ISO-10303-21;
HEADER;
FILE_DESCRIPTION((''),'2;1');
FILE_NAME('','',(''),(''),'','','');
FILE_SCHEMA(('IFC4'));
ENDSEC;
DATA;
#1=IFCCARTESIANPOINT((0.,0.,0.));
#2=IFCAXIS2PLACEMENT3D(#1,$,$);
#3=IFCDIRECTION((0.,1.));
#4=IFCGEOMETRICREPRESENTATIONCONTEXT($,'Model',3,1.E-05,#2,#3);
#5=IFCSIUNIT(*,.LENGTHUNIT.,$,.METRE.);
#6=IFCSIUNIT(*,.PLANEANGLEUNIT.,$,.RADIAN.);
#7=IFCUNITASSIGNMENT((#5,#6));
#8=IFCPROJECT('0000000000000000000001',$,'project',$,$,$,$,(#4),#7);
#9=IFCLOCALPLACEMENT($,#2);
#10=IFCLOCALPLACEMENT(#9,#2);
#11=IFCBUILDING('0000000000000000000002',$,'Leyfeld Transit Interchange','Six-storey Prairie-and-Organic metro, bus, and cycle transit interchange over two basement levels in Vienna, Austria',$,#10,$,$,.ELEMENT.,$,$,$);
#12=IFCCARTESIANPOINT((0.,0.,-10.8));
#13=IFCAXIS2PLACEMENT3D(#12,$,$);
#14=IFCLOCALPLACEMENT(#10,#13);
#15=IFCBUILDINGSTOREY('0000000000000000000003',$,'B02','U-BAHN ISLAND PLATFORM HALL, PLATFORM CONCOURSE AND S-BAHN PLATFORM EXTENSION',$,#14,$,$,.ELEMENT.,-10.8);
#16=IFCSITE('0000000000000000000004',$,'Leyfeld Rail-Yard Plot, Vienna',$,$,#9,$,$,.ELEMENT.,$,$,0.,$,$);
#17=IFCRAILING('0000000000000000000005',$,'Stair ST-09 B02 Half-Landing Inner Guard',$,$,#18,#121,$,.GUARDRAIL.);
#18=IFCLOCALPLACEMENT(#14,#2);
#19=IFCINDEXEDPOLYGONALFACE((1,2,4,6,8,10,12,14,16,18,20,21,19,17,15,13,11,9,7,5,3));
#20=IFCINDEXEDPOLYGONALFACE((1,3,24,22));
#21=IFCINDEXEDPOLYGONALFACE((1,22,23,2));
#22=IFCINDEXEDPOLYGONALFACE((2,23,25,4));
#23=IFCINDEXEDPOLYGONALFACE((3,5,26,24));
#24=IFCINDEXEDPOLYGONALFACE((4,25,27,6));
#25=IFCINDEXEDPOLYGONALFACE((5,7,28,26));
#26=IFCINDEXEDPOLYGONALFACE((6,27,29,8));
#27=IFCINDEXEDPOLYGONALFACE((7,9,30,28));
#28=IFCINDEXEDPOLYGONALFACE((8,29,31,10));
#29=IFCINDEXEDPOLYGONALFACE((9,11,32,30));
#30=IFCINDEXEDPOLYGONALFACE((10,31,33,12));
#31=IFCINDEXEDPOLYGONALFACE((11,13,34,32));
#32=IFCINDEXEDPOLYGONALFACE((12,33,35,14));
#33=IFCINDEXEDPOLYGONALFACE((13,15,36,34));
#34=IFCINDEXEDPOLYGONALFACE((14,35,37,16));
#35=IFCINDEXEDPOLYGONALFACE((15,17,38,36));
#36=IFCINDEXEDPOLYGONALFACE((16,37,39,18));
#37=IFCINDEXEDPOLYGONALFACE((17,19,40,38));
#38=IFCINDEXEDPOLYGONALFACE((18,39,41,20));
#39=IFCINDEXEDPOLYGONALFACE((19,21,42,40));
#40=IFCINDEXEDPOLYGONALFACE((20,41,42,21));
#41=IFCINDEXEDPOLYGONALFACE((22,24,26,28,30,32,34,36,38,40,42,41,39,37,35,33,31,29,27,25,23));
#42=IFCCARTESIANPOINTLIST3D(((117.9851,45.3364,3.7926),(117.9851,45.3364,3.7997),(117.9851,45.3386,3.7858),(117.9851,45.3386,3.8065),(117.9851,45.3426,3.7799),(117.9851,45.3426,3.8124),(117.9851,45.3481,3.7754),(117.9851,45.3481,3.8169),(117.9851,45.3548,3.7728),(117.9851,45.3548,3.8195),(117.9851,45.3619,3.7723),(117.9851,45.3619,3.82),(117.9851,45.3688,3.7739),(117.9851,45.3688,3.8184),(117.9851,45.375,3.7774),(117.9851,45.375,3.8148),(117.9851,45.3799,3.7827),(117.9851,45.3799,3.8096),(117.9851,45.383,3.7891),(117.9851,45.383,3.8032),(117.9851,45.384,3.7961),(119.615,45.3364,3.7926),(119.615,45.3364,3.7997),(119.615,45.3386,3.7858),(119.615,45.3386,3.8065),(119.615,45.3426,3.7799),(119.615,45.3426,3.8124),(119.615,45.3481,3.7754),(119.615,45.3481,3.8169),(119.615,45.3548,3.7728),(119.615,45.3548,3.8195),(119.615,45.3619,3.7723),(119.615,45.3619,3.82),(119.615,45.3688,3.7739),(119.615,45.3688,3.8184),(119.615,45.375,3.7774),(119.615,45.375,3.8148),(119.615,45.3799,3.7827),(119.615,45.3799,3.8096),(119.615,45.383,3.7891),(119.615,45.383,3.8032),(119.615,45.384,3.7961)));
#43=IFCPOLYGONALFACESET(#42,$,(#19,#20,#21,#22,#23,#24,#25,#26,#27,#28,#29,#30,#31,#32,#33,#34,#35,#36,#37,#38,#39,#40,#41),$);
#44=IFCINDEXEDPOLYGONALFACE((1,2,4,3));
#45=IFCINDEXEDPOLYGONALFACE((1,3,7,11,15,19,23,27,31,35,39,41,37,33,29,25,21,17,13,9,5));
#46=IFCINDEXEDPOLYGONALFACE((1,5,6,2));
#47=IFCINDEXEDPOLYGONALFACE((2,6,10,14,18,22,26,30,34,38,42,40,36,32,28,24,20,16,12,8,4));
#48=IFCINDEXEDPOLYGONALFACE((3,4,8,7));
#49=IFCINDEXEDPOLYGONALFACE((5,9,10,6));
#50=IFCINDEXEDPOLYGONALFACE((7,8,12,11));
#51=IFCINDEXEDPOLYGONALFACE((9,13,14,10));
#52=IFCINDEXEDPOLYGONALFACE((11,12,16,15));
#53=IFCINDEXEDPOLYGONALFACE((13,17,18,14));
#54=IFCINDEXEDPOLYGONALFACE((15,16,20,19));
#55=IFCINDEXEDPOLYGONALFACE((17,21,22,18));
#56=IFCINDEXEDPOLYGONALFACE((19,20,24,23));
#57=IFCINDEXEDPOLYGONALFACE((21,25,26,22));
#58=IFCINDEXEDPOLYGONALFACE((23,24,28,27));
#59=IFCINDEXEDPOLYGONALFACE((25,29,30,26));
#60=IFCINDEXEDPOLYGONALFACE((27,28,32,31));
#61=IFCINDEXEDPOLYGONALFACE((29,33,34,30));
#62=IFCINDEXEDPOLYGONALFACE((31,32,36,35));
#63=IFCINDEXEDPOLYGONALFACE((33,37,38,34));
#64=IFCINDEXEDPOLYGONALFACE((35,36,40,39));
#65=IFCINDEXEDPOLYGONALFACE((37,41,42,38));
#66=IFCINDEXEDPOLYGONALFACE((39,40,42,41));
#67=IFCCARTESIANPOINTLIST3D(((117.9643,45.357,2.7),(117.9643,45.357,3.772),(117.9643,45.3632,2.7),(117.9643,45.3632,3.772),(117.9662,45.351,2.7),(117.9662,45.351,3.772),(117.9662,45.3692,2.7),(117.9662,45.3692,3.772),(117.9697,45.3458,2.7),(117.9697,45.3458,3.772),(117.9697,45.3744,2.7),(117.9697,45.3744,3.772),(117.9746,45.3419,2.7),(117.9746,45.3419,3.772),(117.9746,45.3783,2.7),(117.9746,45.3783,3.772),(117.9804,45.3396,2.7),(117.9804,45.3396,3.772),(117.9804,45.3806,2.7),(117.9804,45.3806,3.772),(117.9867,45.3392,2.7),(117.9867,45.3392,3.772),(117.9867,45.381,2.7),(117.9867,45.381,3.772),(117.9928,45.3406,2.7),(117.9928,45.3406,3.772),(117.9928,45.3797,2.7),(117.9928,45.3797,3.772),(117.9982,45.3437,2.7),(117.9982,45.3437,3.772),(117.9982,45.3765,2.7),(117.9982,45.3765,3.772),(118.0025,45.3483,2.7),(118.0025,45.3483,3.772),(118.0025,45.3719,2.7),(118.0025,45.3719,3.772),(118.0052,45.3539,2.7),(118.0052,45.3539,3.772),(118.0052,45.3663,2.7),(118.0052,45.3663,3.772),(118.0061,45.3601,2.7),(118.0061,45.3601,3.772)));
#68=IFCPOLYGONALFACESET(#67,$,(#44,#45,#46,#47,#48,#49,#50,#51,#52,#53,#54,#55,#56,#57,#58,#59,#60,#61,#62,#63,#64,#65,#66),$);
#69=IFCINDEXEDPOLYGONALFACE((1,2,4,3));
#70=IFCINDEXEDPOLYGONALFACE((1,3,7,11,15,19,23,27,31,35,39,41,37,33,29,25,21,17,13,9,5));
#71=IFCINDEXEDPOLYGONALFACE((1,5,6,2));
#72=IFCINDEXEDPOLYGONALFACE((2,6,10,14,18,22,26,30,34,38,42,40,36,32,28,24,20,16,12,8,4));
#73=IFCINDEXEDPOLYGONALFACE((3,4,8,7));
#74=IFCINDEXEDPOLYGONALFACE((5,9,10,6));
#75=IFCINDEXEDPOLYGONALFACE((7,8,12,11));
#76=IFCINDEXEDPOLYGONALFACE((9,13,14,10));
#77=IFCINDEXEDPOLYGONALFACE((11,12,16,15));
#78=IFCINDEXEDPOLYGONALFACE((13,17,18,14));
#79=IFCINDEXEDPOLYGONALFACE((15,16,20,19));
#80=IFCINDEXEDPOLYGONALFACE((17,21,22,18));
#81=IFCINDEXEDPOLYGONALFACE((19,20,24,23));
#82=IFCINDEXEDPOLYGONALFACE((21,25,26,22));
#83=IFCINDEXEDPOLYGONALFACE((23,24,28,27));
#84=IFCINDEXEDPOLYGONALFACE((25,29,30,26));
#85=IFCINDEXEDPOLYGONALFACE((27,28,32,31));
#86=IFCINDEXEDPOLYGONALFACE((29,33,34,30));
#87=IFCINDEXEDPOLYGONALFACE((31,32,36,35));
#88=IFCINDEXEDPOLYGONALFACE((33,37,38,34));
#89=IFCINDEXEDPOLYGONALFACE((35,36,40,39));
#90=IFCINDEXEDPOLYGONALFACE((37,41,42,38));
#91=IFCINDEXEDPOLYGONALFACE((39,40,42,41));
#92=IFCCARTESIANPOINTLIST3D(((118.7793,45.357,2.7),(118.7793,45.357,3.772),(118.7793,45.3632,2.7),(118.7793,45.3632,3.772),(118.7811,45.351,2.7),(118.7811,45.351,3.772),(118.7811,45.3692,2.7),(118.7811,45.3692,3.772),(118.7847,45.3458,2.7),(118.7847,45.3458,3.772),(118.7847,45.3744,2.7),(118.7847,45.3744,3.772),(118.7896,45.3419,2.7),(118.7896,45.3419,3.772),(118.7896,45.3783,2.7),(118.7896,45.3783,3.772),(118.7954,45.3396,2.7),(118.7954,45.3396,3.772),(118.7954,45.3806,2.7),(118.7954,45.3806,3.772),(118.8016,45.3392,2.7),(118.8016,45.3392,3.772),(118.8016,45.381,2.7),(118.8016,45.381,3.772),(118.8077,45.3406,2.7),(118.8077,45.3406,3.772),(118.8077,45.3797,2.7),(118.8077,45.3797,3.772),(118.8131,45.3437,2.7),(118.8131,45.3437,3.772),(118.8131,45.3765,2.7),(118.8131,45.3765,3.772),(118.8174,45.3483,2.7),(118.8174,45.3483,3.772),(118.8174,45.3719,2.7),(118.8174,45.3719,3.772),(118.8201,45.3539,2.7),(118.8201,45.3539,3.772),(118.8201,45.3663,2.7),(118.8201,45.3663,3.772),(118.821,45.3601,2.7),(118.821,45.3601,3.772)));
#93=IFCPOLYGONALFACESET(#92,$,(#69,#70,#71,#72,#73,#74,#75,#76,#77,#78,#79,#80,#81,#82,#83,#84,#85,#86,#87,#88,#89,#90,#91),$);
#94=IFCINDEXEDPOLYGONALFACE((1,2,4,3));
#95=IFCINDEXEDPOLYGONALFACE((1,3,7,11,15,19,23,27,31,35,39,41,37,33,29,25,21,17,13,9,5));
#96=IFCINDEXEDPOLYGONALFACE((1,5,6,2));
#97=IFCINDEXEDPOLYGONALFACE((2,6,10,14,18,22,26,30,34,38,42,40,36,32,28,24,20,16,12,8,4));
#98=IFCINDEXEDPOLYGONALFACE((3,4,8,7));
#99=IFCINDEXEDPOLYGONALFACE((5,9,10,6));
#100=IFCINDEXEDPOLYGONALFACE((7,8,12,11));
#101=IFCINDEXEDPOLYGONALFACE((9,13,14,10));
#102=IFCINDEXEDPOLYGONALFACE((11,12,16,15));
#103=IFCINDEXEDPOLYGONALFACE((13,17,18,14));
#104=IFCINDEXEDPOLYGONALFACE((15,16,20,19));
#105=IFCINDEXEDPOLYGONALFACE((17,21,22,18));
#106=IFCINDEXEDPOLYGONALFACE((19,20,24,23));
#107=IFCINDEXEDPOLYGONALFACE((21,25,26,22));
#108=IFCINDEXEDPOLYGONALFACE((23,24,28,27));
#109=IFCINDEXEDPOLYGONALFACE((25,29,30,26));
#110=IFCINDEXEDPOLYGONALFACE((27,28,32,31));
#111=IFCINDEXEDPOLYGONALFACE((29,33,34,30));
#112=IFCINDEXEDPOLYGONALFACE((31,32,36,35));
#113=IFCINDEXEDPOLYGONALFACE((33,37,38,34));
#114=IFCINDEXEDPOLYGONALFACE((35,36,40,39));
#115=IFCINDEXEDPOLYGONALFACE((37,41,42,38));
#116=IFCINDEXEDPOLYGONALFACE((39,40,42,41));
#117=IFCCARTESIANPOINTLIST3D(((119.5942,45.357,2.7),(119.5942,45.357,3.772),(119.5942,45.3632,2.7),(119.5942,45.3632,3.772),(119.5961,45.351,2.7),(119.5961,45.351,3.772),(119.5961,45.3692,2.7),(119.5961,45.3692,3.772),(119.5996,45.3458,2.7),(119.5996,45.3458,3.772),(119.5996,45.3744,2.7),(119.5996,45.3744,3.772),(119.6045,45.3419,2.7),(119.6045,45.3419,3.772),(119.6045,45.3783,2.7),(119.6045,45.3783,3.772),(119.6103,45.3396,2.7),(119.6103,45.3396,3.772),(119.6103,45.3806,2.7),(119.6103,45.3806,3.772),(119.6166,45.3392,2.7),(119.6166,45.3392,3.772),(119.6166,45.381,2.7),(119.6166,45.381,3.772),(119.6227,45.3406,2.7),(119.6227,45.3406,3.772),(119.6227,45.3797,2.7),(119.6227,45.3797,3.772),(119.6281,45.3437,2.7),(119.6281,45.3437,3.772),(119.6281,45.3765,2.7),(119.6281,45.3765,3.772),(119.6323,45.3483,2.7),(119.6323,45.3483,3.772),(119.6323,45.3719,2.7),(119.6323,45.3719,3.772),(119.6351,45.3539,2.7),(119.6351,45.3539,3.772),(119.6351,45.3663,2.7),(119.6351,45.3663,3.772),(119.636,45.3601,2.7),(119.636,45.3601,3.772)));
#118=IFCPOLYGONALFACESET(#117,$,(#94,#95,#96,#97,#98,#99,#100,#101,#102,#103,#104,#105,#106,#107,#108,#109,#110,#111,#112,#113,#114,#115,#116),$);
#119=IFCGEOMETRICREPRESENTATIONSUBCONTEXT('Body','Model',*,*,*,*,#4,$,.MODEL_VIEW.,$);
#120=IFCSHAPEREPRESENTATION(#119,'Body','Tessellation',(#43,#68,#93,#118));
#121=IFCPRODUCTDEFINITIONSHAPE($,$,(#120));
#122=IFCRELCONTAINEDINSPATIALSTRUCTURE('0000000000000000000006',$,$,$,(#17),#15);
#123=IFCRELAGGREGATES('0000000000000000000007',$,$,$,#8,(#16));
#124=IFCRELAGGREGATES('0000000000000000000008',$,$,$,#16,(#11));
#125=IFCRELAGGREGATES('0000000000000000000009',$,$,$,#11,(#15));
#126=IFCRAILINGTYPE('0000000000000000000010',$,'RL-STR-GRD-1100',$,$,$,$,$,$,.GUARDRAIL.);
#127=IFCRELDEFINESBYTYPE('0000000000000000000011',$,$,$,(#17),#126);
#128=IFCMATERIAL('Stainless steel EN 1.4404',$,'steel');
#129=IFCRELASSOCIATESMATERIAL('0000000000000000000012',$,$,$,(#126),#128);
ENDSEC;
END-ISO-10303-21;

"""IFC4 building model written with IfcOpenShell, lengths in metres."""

from ifc_helpers import new_model, si_unit, direction, frame, origin, origin_2d, place, context, subcontext, project, spatial, circle, extrude, material, type_object, element, save


model = new_model("IFC4")

# Units and contexts
model_context = context("Model", 3, precision=1e-05, world=origin(), true_north=direction((0.0, 1.0)))
body_context = subcontext(model_context, "Body", "Model", "MODEL_VIEW")
ifc_project = project(units=[si_unit("LENGTHUNIT", "METRE"), si_unit("PLANEANGLEUNIT", "RADIAN")], contexts=[model_context])

# Site, building, storey
site_placement = place(None, origin())
site = spatial("IfcSite", under=ifc_project, at=site_placement, Name="Leyfeld Rail-Yard Plot, Vienna", CompositionType="ELEMENT", RefElevation=0.0)
building_placement = place(site_placement, origin())
building = spatial("IfcBuilding", under=site, at=building_placement, Name="Leyfeld Transit Interchange", Description="Six-storey Prairie-and-Organic metro, bus, and cycle transit interchange over two basement levels in Vienna, Austria", CompositionType="ELEMENT")
storey_placement = place(building_placement, frame((0.0, 0.0, -10.8)))
storey = spatial("IfcBuildingStorey", under=building, at=storey_placement, Name="B02", Description="U-BAHN ISLAND PLATFORM HALL, PLATFORM CONCOURSE AND S-BAHN PLATFORM EXTENSION", CompositionType="ELEMENT", Elevation=-10.8)

# Railing
ifc_material_1 = material(Name="Stainless steel EN 1.4404", Category="steel")
railing_type_1 = type_object("IfcRailingType", Name="RL-STR-GRD-1100", PredefinedType="GUARDRAIL", material=ifc_material_1)
railing_1_placement = place(storey_placement, frame((117.9851, 45.3601, 2.7)))
element("IfcRailing", 1, at=railing_1_placement, inside=storey, type_object=railing_type_1, Name="Stair ST-09 B02 Half-Landing Inner Guard", PredefinedType="GUARDRAIL", context=body_context, shape_type="SweptSolid", body=[
    extrude(circle(Radius=0.0239, at=origin_2d()), frame((0.0, 0.0, 1.0962), z_axis=(1.0, 0.0, 0.0), x_axis=(0.0, 1.0, 0.0)), (0.0, 0.0, 1.0), 1.6299),
    extrude(circle(Radius=0.021, at=origin_2d()), origin(), (0.0, 0.0, 1.0), 1.072),
    extrude(circle(Radius=0.021, at=origin_2d()), frame((0.8149, 0.0, 0.0)), (0.0, 0.0, 1.0), 1.072),
    extrude(circle(Radius=0.021, at=origin_2d()), frame((1.6299, 0.0, 0.0)), (0.0, 0.0, 1.0), 1.072),
])

save(model, "model.ifc")
